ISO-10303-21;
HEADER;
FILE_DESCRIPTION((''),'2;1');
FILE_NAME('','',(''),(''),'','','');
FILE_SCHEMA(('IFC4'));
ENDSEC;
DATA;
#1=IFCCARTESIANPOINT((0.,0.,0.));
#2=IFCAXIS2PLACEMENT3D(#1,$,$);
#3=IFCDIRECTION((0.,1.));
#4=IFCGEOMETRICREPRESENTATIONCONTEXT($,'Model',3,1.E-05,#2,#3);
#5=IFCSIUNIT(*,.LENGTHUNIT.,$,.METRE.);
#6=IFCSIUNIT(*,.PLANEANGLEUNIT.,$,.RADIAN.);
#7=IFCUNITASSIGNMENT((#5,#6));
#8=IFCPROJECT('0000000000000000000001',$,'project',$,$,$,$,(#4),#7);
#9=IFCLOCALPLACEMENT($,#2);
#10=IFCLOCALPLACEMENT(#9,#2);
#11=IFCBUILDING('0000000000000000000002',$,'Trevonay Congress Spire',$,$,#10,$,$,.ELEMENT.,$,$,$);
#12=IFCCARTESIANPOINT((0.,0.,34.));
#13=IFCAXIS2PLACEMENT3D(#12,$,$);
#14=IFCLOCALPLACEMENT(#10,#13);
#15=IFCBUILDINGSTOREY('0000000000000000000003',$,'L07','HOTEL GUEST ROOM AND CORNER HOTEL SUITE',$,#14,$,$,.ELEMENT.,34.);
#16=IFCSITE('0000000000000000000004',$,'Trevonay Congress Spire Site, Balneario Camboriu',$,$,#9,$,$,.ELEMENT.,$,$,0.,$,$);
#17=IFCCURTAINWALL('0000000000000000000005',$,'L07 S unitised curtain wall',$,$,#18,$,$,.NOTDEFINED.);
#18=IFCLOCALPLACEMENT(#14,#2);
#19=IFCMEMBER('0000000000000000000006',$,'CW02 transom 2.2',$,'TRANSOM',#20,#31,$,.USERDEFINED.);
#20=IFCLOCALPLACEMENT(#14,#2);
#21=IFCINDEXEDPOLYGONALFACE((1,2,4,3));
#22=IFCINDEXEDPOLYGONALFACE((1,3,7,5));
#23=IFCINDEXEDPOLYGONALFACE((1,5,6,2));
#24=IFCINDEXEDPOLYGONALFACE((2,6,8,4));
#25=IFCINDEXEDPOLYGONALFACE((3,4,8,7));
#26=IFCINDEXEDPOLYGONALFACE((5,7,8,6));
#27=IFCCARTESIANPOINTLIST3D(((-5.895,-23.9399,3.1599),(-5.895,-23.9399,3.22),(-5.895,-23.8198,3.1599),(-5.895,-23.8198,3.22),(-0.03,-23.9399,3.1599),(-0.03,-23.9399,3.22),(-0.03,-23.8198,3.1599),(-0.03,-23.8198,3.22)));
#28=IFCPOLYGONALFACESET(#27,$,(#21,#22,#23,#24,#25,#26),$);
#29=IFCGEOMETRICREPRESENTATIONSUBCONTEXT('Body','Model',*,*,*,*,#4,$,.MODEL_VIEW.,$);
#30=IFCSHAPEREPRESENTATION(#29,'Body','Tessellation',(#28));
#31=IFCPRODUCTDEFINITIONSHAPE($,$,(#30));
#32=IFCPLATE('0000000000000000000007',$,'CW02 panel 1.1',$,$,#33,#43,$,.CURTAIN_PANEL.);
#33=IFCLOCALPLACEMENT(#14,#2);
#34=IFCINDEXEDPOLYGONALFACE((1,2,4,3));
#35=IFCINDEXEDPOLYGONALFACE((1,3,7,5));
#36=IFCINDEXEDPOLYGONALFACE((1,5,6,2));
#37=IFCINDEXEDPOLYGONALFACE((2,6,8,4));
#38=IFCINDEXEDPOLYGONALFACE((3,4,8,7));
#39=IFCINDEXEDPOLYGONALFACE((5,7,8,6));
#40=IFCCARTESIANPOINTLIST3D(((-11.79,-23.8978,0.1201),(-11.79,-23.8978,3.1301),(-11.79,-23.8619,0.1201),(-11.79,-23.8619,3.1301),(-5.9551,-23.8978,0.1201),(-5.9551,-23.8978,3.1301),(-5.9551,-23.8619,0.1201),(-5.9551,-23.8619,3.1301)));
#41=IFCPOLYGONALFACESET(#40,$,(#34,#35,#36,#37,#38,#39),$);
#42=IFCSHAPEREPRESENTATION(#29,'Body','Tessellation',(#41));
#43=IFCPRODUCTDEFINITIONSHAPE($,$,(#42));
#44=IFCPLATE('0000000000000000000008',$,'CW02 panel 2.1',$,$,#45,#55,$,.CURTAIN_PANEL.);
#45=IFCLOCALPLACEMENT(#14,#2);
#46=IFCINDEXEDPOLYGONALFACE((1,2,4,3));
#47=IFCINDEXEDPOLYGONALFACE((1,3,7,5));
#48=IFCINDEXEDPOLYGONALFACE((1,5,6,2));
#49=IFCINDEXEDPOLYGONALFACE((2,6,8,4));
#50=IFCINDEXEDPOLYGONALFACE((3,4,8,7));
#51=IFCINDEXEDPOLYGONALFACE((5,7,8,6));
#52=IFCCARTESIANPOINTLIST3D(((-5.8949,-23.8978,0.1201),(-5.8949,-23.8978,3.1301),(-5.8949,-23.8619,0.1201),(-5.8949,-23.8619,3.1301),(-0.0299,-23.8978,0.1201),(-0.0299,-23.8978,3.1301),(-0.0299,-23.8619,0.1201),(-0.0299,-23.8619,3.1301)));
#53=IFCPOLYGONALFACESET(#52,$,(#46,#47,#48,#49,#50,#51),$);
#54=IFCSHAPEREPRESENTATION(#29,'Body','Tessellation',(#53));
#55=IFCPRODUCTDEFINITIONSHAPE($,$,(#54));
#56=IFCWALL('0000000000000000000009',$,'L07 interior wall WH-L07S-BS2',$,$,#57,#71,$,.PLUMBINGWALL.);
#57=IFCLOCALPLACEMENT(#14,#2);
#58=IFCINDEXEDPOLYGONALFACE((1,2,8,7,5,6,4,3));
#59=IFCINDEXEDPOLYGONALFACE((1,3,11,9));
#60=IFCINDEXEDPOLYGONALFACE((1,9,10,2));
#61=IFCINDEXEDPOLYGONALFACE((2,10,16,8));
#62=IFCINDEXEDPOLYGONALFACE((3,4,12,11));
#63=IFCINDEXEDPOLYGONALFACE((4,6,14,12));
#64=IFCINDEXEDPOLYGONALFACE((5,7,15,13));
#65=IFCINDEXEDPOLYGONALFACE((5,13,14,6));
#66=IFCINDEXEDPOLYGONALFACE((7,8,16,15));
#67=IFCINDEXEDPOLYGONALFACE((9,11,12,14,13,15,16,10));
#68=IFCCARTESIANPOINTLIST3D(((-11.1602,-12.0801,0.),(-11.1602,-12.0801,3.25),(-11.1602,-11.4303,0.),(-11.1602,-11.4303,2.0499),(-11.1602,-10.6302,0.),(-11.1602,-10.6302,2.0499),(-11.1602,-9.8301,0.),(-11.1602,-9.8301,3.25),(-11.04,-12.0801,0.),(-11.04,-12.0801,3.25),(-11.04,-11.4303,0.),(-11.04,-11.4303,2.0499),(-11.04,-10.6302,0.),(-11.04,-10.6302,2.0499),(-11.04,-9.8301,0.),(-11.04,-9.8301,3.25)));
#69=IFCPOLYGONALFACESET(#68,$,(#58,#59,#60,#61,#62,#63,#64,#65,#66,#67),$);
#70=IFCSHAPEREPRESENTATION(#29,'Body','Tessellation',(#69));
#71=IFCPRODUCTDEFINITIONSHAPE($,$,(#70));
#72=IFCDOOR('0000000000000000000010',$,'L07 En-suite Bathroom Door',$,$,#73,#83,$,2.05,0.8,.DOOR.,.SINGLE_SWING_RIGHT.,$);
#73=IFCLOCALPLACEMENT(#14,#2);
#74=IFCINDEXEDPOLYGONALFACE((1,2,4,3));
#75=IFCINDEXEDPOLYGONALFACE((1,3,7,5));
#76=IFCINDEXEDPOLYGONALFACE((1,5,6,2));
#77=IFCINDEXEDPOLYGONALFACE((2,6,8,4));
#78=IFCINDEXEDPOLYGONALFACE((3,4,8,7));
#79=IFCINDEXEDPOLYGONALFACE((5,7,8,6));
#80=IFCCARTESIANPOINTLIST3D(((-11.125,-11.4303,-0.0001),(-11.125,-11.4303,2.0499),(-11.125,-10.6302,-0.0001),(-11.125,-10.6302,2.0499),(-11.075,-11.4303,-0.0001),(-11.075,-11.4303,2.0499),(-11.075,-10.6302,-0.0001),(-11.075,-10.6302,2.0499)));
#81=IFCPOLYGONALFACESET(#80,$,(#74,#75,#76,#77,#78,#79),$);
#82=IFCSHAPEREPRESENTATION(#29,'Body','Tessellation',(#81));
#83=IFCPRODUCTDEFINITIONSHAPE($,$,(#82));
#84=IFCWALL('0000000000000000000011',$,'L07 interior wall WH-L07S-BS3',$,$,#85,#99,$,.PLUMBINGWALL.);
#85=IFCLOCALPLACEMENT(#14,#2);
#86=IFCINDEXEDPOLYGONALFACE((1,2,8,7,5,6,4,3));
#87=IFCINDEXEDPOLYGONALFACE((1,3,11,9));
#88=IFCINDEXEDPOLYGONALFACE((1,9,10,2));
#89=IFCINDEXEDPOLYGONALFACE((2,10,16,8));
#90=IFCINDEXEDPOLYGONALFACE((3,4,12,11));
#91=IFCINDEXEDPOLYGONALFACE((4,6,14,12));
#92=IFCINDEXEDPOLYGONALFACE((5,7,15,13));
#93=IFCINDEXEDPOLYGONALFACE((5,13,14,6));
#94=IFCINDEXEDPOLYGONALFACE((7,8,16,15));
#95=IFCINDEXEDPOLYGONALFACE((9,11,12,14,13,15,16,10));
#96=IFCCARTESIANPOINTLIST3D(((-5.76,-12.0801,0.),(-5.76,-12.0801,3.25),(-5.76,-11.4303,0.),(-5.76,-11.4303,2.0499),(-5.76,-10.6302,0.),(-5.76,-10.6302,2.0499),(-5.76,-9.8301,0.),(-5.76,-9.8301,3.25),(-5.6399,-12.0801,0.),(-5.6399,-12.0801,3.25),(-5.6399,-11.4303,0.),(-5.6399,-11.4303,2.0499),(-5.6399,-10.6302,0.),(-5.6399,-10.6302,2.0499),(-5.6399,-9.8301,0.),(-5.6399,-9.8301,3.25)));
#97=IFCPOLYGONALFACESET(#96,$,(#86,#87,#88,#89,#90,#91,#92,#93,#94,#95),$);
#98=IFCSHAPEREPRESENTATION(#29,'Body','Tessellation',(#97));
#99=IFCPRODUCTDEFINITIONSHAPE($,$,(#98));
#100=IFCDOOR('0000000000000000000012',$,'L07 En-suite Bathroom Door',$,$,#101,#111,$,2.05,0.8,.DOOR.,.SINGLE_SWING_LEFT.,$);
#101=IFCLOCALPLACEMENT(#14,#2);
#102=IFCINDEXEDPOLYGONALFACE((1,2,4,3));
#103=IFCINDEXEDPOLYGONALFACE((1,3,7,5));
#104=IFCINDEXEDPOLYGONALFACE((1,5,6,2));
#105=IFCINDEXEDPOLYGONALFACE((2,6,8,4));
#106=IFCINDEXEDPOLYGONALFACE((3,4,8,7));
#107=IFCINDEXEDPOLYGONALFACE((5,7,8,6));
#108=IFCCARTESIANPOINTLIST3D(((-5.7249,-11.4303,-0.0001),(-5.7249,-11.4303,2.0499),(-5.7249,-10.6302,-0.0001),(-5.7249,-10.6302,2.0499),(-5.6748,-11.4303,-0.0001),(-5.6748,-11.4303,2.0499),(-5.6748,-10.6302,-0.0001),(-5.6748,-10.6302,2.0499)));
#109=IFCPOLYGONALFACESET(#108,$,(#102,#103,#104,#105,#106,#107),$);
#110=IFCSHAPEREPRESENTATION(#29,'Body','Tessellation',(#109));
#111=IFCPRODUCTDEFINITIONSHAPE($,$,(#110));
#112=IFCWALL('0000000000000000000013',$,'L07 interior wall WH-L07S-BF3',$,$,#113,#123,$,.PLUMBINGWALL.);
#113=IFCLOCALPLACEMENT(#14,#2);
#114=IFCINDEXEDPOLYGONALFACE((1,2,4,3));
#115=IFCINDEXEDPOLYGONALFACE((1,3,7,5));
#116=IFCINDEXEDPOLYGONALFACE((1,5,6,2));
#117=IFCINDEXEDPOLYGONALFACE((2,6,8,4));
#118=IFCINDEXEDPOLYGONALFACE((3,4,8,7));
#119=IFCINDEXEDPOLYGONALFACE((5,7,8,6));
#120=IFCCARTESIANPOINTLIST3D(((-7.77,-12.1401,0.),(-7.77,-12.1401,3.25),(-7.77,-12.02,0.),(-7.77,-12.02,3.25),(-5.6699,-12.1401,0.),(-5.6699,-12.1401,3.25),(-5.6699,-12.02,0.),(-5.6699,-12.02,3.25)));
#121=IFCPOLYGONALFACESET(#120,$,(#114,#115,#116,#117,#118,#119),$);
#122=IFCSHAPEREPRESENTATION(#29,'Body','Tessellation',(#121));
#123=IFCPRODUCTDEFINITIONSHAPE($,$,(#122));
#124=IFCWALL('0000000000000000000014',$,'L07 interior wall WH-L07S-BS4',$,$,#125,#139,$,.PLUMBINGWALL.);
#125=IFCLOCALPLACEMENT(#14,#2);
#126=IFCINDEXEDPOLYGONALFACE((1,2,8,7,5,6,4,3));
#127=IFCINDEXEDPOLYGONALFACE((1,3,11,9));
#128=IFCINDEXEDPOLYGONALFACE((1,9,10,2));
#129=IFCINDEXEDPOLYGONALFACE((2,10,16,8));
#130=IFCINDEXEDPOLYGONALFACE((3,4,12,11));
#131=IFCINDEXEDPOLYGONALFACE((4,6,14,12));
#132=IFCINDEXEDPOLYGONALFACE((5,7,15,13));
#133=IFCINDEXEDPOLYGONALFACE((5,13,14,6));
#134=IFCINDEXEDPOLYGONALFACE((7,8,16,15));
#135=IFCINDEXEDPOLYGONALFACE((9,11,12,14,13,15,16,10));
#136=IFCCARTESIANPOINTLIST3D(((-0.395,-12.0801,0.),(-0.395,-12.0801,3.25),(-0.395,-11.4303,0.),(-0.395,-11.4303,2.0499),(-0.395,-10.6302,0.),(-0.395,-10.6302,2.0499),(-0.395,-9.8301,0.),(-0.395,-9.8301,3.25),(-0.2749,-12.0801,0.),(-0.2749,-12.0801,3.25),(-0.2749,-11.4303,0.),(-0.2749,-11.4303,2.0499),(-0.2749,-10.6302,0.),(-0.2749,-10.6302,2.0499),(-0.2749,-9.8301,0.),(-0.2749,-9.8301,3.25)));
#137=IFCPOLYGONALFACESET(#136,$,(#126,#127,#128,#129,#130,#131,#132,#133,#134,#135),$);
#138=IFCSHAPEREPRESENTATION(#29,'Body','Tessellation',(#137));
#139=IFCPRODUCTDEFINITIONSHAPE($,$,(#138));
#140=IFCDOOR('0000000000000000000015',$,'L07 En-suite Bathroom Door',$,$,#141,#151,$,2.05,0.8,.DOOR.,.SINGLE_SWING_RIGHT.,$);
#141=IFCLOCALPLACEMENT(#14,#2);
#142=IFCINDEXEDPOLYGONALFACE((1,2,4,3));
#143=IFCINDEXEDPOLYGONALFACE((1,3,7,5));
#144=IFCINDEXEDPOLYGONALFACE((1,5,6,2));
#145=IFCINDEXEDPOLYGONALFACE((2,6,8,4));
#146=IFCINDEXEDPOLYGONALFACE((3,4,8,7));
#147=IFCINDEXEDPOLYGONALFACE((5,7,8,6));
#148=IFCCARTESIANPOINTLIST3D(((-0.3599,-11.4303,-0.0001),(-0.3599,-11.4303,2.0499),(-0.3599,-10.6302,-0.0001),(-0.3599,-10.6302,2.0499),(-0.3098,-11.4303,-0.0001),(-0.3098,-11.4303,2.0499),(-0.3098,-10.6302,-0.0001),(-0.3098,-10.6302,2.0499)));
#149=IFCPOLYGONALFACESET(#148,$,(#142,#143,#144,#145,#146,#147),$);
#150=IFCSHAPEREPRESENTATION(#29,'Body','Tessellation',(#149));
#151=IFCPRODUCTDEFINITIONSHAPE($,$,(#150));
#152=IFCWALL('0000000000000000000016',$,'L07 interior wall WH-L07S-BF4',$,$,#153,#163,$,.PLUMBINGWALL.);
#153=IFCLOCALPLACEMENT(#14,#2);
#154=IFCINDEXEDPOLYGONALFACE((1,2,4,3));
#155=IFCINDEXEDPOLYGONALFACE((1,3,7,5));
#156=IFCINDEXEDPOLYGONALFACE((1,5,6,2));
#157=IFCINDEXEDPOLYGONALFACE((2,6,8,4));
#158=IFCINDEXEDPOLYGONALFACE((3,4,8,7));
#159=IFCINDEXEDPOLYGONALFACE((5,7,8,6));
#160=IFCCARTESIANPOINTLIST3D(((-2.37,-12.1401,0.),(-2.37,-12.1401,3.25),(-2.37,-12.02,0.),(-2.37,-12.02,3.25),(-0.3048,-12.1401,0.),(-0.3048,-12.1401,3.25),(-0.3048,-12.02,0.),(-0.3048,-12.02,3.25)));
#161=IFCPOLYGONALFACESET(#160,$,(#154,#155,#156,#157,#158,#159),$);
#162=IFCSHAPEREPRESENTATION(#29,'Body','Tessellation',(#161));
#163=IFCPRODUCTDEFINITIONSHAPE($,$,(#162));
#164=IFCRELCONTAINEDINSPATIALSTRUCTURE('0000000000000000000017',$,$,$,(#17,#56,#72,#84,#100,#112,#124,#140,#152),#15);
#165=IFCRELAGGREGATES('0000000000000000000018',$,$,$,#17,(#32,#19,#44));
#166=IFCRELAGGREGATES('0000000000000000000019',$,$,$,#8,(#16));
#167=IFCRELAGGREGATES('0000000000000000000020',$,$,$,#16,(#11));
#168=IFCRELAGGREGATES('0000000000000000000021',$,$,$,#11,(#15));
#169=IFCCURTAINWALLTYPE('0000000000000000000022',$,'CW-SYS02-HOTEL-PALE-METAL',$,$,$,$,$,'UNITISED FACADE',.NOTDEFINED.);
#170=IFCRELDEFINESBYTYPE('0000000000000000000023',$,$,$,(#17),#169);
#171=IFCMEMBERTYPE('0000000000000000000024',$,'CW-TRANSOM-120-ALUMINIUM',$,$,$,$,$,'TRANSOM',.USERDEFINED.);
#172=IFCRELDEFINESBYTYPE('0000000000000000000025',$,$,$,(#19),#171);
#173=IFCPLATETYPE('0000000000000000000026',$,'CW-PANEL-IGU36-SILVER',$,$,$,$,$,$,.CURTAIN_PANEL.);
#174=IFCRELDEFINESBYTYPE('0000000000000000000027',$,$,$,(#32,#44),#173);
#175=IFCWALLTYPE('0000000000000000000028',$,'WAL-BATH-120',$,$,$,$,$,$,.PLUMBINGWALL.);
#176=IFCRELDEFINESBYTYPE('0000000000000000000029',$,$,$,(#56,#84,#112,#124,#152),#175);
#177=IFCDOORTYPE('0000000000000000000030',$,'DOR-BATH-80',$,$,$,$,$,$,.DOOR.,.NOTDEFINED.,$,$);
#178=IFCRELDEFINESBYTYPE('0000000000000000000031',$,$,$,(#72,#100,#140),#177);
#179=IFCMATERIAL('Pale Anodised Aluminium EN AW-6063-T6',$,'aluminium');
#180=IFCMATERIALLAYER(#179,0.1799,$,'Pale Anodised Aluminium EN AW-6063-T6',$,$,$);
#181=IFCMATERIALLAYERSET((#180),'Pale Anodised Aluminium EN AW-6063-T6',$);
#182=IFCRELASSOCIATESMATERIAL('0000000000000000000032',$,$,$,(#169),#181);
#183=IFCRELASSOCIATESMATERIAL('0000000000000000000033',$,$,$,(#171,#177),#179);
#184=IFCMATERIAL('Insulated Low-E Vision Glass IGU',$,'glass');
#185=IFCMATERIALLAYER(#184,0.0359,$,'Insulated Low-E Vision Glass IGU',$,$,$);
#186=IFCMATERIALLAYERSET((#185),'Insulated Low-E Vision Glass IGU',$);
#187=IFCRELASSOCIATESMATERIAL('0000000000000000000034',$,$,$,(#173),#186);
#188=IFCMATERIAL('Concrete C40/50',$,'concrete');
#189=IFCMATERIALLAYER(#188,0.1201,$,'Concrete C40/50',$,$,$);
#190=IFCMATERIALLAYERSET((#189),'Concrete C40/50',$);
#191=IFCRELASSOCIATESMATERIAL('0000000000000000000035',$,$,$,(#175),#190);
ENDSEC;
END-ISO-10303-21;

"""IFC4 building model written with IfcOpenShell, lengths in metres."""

from ifc_helpers import new_model, si_unit, direction, frame, frame_2d, origin, origin_2d, place, context, subcontext, project, spatial, rectangle, extrude, material, layer, layer_set, material_profile, profile_set, type_object, element, fill, aggregate, save


model = new_model("IFC4")

# Units and contexts
model_context = context("Model", 3, precision=1e-05, world=origin(), true_north=direction((0.0, 1.0)))
body_context = subcontext(model_context, "Body", "Model", "MODEL_VIEW")
ifc_project = project(units=[si_unit("LENGTHUNIT", "METRE"), si_unit("PLANEANGLEUNIT", "RADIAN")], contexts=[model_context])

# Site, building, storey
site_placement = place(None, origin())
site = spatial("IfcSite", under=ifc_project, at=site_placement, Name="Trevonay Congress Spire Site, Balneario Camboriu", CompositionType="ELEMENT", RefElevation=0.0)
building_placement = place(site_placement, origin())
building = spatial("IfcBuilding", under=site, at=building_placement, Name="Trevonay Congress Spire", CompositionType="ELEMENT")
storey_placement = place(building_placement, frame((0.0, 0.0, 34.0)))
storey = spatial("IfcBuildingStorey", under=building, at=storey_placement, Name="L07", Description="HOTEL GUEST ROOM AND CORNER HOTEL SUITE", CompositionType="ELEMENT", Elevation=34.0)

# Curtain wall, member, plates
ifc_material_1 = material(Name="Pale Anodised Aluminium EN AW-6063-T6", Category="aluminium")
ifc_layer_1 = layer(ifc_material_1, 0.1799, Name="Pale Anodised Aluminium EN AW-6063-T6")
ifc_layer_set_1 = layer_set([ifc_layer_1], Name="Pale Anodised Aluminium EN AW-6063-T6")
curtain_wall_type = type_object("IfcCurtainWallType", Name="CW-SYS02-HOTEL-PALE-METAL", ElementType="UNITISED FACADE", PredefinedType="NOTDEFINED", material=ifc_layer_set_1)
curtain_wall_placement = place(storey_placement, origin())
curtain_wall = element("IfcCurtainWall", 1, at=curtain_wall_placement, inside=storey, type_object=curtain_wall_type, Name="L07 S unitised curtain wall", PredefinedType="NOTDEFINED")
ifc_material_profile_1 = material_profile(ifc_material_1, rectangle(XDim=0.1201, YDim=0.0601, at=origin_2d()), Name="CW-TRANSOM-120-ALUMINIUM")
ifc_profile_set_1 = profile_set([ifc_material_profile_1], Name="Pale Anodised Aluminium EN AW-6063-T6")
member_type_1 = type_object("IfcMemberType", Name="CW-TRANSOM-120-ALUMINIUM", ElementType="TRANSOM", PredefinedType="USERDEFINED", material=ifc_profile_set_1)
member_1_placement = place(storey_placement, frame((-5.895, -23.8799, 3.1899), z_axis=(1.0, 0.0, 0.0), x_axis=(0.0, 1.0, 0.0)))
member_1 = element("IfcMember", 2, at=member_1_placement, type_object=member_type_1, Name="CW02 transom 2.2", ObjectType="TRANSOM", PredefinedType="USERDEFINED", context=body_context, shape_type="SweptSolid", body=[
    extrude(rectangle(XDim=0.1201, YDim=0.0601, at=origin_2d()), origin(), (0.0, 0.0, 1.0), 5.865),
])
ifc_material_2 = material(Name="Insulated Low-E Vision Glass IGU", Category="glass")
ifc_layer_2 = layer(ifc_material_2, 0.0359, Name="Insulated Low-E Vision Glass IGU")
ifc_layer_set_2 = layer_set([ifc_layer_2], Name="Insulated Low-E Vision Glass IGU")
plate_type = type_object("IfcPlateType", Name="CW-PANEL-IGU36-SILVER", PredefinedType="CURTAIN_PANEL", material=ifc_layer_set_2)
plate_1_placement = place(storey_placement, frame((-8.8726, -23.8799, 0.1201), z_axis=(0.0, 0.0, 1.0), x_axis=(1.0, 0.0, 0.0)))
plate_1 = element("IfcPlate", 3, at=plate_1_placement, type_object=plate_type, Name="CW02 panel 1.1", PredefinedType="CURTAIN_PANEL", context=body_context, shape_type="SweptSolid", body=[
    extrude(rectangle(XDim=5.835, YDim=0.0359, at=origin_2d()), origin(), (0.0, 0.0, 1.0), 3.01),
])
plate_2_placement = place(storey_placement, frame((-2.9624, -23.8799, 0.1201), z_axis=(0.0, 0.0, 1.0), x_axis=(1.0, 0.0, 0.0)))
plate_2 = element("IfcPlate", 4, at=plate_2_placement, type_object=plate_type, Name="CW02 panel 2.1", PredefinedType="CURTAIN_PANEL", context=body_context, shape_type="SweptSolid", body=[
    extrude(rectangle(XDim=5.865, YDim=0.0359, at=origin_2d()), origin(), (0.0, 0.0, 1.0), 3.01),
])
aggregate(curtain_wall, [plate_1, member_1, plate_2])

# Walls, openings, doors
ifc_material_3 = material(Name="Concrete C40/50", Category="concrete")
ifc_layer_3 = layer(ifc_material_3, 0.1201, Name="Concrete C40/50")
ifc_layer_set_3 = layer_set([ifc_layer_3], Name="Concrete C40/50")
wall_type_1 = type_object("IfcWallType", Name="WAL-BATH-120", PredefinedType="PLUMBINGWALL", material=ifc_layer_set_3)
wall_1_placement = place(storey_placement, frame((-11.1001, -12.0801, 0.0), z_axis=(0.0, 0.0, 1.0), x_axis=(0.0, 1.0, 0.0)))
wall_1 = element("IfcWall", 5, at=wall_1_placement, inside=storey, type_object=wall_type_1, Name="L07 interior wall WH-L07S-BS2", PredefinedType="PLUMBINGWALL", context=body_context, shape_type="SweptSolid", body=[
    extrude(rectangle(XDim=2.25, YDim=0.1201, at=frame_2d((1.125, 0.0))), origin(), (0.0, 0.0, 1.0), 3.25),
])
opening_1_placement = place(wall_1_placement, frame((0.6499, 0.0, 0.0)))
opening_1 = element("IfcOpeningElement", 6, at=opening_1_placement, cuts=wall_1, PredefinedType="OPENING", context=body_context, shape_type="SweptSolid", body=[
    extrude(rectangle(XDim=0.8, YDim=2.05, at=frame_2d((0.3999, 1.0249))), frame((0.0, 0.0701, 0.0), z_axis=(0.0, -1.0, 0.0), x_axis=(1.0, 0.0, 0.0)), (0.0, 0.0, 1.0), 0.1401),
])
door_type_1 = type_object("IfcDoorType", Name="DOR-BATH-80", OperationType="NOTDEFINED", PredefinedType="DOOR", material=ifc_material_1)
door_1_placement = place(opening_1_placement, origin())
door_1 = element("IfcDoor", 7, at=door_1_placement, inside=storey, type_object=door_type_1, Name="L07 En-suite Bathroom Door", OperationType="SINGLE_SWING_RIGHT", OverallHeight=2.05, OverallWidth=0.8, PredefinedType="DOOR", context=body_context, shape_type="SweptSolid", body=[
    extrude(rectangle(XDim=0.8, YDim=2.05, at=frame_2d((0.3999, 1.0249))), frame((0.0, 0.0249, 0.0), z_axis=(0.0, -1.0, 0.0), x_axis=(1.0, 0.0, 0.0)), (0.0, 0.0, 1.0), 0.05),
])
fill(opening_1, door_1)
wall_2_placement = place(storey_placement, frame((-5.7, -12.0801, 0.0), z_axis=(0.0, 0.0, 1.0), x_axis=(0.0, 1.0, 0.0)))
wall_2 = element("IfcWall", 8, at=wall_2_placement, inside=storey, type_object=wall_type_1, Name="L07 interior wall WH-L07S-BS3", PredefinedType="PLUMBINGWALL", context=body_context, shape_type="SweptSolid", body=[
    extrude(rectangle(XDim=2.25, YDim=0.1201, at=frame_2d((1.125, 0.0))), origin(), (0.0, 0.0, 1.0), 3.25),
])
opening_2_placement = place(wall_2_placement, frame((0.6499, 0.0, 0.0)))
opening_2 = element("IfcOpeningElement", 9, at=opening_2_placement, cuts=wall_2, PredefinedType="OPENING", context=body_context, shape_type="SweptSolid", body=[
    extrude(rectangle(XDim=0.8, YDim=2.05, at=frame_2d((0.3999, 1.0249))), frame((0.0, 0.0701, 0.0), z_axis=(0.0, -1.0, 0.0), x_axis=(1.0, 0.0, 0.0)), (0.0, 0.0, 1.0), 0.1401),
])
door_2_placement = place(opening_2_placement, origin())
door_2 = element("IfcDoor", 10, at=door_2_placement, inside=storey, type_object=door_type_1, Name="L07 En-suite Bathroom Door", OperationType="SINGLE_SWING_LEFT", OverallHeight=2.05, OverallWidth=0.8, PredefinedType="DOOR", context=body_context, shape_type="SweptSolid", body=[
    extrude(rectangle(XDim=0.8, YDim=2.05, at=frame_2d((0.3999, 1.0249))), frame((0.0, 0.0249, 0.0), z_axis=(0.0, -1.0, 0.0), x_axis=(1.0, 0.0, 0.0)), (0.0, 0.0, 1.0), 0.05),
])
fill(opening_2, door_2)

# Wall
wall_3_placement = place(storey_placement, frame((-7.77, -12.0801, 0.0), z_axis=(0.0, 0.0, 1.0), x_axis=(1.0, 0.0, 0.0)))
element("IfcWall", 11, at=wall_3_placement, inside=storey, type_object=wall_type_1, Name="L07 interior wall WH-L07S-BF3", PredefinedType="PLUMBINGWALL", context=body_context, shape_type="SweptSolid", body=[
    extrude(rectangle(XDim=2.1001, YDim=0.1201, at=frame_2d((1.05, 0.0))), origin(), (0.0, 0.0, 1.0), 3.25),
])

# Wall, opening, door
wall_4_placement = place(storey_placement, frame((-0.335, -12.0801, 0.0), z_axis=(0.0, 0.0, 1.0), x_axis=(0.0, 1.0, 0.0)))
wall_4 = element("IfcWall", 12, at=wall_4_placement, inside=storey, type_object=wall_type_1, Name="L07 interior wall WH-L07S-BS4", PredefinedType="PLUMBINGWALL", context=body_context, shape_type="SweptSolid", body=[
    extrude(rectangle(XDim=2.25, YDim=0.1201, at=frame_2d((1.125, 0.0))), origin(), (0.0, 0.0, 1.0), 3.25),
])
opening_3_placement = place(wall_4_placement, frame((0.6499, 0.0, 0.0)))
opening_3 = element("IfcOpeningElement", 13, at=opening_3_placement, cuts=wall_4, PredefinedType="OPENING", context=body_context, shape_type="SweptSolid", body=[
    extrude(rectangle(XDim=0.8, YDim=2.05, at=frame_2d((0.3999, 1.0249))), frame((0.0, 0.0701, 0.0), z_axis=(0.0, -1.0, 0.0), x_axis=(1.0, 0.0, 0.0)), (0.0, 0.0, 1.0), 0.1401),
])
door_3_placement = place(opening_3_placement, origin())
door_3 = element("IfcDoor", 14, at=door_3_placement, inside=storey, type_object=door_type_1, Name="L07 En-suite Bathroom Door", OperationType="SINGLE_SWING_RIGHT", OverallHeight=2.05, OverallWidth=0.8, PredefinedType="DOOR", context=body_context, shape_type="SweptSolid", body=[
    extrude(rectangle(XDim=0.8, YDim=2.05, at=frame_2d((0.3999, 1.0249))), frame((0.0, 0.0249, 0.0), z_axis=(0.0, -1.0, 0.0), x_axis=(1.0, 0.0, 0.0)), (0.0, 0.0, 1.0), 0.05),
])
fill(opening_3, door_3)

# Wall
wall_5_placement = place(storey_placement, frame((-2.3701, -12.0801, 0.0), z_axis=(0.0, 0.0, 1.0), x_axis=(1.0, 0.0, 0.0)))
element("IfcWall", 15, at=wall_5_placement, inside=storey, type_object=wall_type_1, Name="L07 interior wall WH-L07S-BF4", PredefinedType="PLUMBINGWALL", context=body_context, shape_type="SweptSolid", body=[
    extrude(rectangle(XDim=2.0652, YDim=0.1201, at=frame_2d((1.0327, 0.0))), origin(), (0.0, 0.0, 1.0), 3.25),
])

save(model, "model.ifc")
